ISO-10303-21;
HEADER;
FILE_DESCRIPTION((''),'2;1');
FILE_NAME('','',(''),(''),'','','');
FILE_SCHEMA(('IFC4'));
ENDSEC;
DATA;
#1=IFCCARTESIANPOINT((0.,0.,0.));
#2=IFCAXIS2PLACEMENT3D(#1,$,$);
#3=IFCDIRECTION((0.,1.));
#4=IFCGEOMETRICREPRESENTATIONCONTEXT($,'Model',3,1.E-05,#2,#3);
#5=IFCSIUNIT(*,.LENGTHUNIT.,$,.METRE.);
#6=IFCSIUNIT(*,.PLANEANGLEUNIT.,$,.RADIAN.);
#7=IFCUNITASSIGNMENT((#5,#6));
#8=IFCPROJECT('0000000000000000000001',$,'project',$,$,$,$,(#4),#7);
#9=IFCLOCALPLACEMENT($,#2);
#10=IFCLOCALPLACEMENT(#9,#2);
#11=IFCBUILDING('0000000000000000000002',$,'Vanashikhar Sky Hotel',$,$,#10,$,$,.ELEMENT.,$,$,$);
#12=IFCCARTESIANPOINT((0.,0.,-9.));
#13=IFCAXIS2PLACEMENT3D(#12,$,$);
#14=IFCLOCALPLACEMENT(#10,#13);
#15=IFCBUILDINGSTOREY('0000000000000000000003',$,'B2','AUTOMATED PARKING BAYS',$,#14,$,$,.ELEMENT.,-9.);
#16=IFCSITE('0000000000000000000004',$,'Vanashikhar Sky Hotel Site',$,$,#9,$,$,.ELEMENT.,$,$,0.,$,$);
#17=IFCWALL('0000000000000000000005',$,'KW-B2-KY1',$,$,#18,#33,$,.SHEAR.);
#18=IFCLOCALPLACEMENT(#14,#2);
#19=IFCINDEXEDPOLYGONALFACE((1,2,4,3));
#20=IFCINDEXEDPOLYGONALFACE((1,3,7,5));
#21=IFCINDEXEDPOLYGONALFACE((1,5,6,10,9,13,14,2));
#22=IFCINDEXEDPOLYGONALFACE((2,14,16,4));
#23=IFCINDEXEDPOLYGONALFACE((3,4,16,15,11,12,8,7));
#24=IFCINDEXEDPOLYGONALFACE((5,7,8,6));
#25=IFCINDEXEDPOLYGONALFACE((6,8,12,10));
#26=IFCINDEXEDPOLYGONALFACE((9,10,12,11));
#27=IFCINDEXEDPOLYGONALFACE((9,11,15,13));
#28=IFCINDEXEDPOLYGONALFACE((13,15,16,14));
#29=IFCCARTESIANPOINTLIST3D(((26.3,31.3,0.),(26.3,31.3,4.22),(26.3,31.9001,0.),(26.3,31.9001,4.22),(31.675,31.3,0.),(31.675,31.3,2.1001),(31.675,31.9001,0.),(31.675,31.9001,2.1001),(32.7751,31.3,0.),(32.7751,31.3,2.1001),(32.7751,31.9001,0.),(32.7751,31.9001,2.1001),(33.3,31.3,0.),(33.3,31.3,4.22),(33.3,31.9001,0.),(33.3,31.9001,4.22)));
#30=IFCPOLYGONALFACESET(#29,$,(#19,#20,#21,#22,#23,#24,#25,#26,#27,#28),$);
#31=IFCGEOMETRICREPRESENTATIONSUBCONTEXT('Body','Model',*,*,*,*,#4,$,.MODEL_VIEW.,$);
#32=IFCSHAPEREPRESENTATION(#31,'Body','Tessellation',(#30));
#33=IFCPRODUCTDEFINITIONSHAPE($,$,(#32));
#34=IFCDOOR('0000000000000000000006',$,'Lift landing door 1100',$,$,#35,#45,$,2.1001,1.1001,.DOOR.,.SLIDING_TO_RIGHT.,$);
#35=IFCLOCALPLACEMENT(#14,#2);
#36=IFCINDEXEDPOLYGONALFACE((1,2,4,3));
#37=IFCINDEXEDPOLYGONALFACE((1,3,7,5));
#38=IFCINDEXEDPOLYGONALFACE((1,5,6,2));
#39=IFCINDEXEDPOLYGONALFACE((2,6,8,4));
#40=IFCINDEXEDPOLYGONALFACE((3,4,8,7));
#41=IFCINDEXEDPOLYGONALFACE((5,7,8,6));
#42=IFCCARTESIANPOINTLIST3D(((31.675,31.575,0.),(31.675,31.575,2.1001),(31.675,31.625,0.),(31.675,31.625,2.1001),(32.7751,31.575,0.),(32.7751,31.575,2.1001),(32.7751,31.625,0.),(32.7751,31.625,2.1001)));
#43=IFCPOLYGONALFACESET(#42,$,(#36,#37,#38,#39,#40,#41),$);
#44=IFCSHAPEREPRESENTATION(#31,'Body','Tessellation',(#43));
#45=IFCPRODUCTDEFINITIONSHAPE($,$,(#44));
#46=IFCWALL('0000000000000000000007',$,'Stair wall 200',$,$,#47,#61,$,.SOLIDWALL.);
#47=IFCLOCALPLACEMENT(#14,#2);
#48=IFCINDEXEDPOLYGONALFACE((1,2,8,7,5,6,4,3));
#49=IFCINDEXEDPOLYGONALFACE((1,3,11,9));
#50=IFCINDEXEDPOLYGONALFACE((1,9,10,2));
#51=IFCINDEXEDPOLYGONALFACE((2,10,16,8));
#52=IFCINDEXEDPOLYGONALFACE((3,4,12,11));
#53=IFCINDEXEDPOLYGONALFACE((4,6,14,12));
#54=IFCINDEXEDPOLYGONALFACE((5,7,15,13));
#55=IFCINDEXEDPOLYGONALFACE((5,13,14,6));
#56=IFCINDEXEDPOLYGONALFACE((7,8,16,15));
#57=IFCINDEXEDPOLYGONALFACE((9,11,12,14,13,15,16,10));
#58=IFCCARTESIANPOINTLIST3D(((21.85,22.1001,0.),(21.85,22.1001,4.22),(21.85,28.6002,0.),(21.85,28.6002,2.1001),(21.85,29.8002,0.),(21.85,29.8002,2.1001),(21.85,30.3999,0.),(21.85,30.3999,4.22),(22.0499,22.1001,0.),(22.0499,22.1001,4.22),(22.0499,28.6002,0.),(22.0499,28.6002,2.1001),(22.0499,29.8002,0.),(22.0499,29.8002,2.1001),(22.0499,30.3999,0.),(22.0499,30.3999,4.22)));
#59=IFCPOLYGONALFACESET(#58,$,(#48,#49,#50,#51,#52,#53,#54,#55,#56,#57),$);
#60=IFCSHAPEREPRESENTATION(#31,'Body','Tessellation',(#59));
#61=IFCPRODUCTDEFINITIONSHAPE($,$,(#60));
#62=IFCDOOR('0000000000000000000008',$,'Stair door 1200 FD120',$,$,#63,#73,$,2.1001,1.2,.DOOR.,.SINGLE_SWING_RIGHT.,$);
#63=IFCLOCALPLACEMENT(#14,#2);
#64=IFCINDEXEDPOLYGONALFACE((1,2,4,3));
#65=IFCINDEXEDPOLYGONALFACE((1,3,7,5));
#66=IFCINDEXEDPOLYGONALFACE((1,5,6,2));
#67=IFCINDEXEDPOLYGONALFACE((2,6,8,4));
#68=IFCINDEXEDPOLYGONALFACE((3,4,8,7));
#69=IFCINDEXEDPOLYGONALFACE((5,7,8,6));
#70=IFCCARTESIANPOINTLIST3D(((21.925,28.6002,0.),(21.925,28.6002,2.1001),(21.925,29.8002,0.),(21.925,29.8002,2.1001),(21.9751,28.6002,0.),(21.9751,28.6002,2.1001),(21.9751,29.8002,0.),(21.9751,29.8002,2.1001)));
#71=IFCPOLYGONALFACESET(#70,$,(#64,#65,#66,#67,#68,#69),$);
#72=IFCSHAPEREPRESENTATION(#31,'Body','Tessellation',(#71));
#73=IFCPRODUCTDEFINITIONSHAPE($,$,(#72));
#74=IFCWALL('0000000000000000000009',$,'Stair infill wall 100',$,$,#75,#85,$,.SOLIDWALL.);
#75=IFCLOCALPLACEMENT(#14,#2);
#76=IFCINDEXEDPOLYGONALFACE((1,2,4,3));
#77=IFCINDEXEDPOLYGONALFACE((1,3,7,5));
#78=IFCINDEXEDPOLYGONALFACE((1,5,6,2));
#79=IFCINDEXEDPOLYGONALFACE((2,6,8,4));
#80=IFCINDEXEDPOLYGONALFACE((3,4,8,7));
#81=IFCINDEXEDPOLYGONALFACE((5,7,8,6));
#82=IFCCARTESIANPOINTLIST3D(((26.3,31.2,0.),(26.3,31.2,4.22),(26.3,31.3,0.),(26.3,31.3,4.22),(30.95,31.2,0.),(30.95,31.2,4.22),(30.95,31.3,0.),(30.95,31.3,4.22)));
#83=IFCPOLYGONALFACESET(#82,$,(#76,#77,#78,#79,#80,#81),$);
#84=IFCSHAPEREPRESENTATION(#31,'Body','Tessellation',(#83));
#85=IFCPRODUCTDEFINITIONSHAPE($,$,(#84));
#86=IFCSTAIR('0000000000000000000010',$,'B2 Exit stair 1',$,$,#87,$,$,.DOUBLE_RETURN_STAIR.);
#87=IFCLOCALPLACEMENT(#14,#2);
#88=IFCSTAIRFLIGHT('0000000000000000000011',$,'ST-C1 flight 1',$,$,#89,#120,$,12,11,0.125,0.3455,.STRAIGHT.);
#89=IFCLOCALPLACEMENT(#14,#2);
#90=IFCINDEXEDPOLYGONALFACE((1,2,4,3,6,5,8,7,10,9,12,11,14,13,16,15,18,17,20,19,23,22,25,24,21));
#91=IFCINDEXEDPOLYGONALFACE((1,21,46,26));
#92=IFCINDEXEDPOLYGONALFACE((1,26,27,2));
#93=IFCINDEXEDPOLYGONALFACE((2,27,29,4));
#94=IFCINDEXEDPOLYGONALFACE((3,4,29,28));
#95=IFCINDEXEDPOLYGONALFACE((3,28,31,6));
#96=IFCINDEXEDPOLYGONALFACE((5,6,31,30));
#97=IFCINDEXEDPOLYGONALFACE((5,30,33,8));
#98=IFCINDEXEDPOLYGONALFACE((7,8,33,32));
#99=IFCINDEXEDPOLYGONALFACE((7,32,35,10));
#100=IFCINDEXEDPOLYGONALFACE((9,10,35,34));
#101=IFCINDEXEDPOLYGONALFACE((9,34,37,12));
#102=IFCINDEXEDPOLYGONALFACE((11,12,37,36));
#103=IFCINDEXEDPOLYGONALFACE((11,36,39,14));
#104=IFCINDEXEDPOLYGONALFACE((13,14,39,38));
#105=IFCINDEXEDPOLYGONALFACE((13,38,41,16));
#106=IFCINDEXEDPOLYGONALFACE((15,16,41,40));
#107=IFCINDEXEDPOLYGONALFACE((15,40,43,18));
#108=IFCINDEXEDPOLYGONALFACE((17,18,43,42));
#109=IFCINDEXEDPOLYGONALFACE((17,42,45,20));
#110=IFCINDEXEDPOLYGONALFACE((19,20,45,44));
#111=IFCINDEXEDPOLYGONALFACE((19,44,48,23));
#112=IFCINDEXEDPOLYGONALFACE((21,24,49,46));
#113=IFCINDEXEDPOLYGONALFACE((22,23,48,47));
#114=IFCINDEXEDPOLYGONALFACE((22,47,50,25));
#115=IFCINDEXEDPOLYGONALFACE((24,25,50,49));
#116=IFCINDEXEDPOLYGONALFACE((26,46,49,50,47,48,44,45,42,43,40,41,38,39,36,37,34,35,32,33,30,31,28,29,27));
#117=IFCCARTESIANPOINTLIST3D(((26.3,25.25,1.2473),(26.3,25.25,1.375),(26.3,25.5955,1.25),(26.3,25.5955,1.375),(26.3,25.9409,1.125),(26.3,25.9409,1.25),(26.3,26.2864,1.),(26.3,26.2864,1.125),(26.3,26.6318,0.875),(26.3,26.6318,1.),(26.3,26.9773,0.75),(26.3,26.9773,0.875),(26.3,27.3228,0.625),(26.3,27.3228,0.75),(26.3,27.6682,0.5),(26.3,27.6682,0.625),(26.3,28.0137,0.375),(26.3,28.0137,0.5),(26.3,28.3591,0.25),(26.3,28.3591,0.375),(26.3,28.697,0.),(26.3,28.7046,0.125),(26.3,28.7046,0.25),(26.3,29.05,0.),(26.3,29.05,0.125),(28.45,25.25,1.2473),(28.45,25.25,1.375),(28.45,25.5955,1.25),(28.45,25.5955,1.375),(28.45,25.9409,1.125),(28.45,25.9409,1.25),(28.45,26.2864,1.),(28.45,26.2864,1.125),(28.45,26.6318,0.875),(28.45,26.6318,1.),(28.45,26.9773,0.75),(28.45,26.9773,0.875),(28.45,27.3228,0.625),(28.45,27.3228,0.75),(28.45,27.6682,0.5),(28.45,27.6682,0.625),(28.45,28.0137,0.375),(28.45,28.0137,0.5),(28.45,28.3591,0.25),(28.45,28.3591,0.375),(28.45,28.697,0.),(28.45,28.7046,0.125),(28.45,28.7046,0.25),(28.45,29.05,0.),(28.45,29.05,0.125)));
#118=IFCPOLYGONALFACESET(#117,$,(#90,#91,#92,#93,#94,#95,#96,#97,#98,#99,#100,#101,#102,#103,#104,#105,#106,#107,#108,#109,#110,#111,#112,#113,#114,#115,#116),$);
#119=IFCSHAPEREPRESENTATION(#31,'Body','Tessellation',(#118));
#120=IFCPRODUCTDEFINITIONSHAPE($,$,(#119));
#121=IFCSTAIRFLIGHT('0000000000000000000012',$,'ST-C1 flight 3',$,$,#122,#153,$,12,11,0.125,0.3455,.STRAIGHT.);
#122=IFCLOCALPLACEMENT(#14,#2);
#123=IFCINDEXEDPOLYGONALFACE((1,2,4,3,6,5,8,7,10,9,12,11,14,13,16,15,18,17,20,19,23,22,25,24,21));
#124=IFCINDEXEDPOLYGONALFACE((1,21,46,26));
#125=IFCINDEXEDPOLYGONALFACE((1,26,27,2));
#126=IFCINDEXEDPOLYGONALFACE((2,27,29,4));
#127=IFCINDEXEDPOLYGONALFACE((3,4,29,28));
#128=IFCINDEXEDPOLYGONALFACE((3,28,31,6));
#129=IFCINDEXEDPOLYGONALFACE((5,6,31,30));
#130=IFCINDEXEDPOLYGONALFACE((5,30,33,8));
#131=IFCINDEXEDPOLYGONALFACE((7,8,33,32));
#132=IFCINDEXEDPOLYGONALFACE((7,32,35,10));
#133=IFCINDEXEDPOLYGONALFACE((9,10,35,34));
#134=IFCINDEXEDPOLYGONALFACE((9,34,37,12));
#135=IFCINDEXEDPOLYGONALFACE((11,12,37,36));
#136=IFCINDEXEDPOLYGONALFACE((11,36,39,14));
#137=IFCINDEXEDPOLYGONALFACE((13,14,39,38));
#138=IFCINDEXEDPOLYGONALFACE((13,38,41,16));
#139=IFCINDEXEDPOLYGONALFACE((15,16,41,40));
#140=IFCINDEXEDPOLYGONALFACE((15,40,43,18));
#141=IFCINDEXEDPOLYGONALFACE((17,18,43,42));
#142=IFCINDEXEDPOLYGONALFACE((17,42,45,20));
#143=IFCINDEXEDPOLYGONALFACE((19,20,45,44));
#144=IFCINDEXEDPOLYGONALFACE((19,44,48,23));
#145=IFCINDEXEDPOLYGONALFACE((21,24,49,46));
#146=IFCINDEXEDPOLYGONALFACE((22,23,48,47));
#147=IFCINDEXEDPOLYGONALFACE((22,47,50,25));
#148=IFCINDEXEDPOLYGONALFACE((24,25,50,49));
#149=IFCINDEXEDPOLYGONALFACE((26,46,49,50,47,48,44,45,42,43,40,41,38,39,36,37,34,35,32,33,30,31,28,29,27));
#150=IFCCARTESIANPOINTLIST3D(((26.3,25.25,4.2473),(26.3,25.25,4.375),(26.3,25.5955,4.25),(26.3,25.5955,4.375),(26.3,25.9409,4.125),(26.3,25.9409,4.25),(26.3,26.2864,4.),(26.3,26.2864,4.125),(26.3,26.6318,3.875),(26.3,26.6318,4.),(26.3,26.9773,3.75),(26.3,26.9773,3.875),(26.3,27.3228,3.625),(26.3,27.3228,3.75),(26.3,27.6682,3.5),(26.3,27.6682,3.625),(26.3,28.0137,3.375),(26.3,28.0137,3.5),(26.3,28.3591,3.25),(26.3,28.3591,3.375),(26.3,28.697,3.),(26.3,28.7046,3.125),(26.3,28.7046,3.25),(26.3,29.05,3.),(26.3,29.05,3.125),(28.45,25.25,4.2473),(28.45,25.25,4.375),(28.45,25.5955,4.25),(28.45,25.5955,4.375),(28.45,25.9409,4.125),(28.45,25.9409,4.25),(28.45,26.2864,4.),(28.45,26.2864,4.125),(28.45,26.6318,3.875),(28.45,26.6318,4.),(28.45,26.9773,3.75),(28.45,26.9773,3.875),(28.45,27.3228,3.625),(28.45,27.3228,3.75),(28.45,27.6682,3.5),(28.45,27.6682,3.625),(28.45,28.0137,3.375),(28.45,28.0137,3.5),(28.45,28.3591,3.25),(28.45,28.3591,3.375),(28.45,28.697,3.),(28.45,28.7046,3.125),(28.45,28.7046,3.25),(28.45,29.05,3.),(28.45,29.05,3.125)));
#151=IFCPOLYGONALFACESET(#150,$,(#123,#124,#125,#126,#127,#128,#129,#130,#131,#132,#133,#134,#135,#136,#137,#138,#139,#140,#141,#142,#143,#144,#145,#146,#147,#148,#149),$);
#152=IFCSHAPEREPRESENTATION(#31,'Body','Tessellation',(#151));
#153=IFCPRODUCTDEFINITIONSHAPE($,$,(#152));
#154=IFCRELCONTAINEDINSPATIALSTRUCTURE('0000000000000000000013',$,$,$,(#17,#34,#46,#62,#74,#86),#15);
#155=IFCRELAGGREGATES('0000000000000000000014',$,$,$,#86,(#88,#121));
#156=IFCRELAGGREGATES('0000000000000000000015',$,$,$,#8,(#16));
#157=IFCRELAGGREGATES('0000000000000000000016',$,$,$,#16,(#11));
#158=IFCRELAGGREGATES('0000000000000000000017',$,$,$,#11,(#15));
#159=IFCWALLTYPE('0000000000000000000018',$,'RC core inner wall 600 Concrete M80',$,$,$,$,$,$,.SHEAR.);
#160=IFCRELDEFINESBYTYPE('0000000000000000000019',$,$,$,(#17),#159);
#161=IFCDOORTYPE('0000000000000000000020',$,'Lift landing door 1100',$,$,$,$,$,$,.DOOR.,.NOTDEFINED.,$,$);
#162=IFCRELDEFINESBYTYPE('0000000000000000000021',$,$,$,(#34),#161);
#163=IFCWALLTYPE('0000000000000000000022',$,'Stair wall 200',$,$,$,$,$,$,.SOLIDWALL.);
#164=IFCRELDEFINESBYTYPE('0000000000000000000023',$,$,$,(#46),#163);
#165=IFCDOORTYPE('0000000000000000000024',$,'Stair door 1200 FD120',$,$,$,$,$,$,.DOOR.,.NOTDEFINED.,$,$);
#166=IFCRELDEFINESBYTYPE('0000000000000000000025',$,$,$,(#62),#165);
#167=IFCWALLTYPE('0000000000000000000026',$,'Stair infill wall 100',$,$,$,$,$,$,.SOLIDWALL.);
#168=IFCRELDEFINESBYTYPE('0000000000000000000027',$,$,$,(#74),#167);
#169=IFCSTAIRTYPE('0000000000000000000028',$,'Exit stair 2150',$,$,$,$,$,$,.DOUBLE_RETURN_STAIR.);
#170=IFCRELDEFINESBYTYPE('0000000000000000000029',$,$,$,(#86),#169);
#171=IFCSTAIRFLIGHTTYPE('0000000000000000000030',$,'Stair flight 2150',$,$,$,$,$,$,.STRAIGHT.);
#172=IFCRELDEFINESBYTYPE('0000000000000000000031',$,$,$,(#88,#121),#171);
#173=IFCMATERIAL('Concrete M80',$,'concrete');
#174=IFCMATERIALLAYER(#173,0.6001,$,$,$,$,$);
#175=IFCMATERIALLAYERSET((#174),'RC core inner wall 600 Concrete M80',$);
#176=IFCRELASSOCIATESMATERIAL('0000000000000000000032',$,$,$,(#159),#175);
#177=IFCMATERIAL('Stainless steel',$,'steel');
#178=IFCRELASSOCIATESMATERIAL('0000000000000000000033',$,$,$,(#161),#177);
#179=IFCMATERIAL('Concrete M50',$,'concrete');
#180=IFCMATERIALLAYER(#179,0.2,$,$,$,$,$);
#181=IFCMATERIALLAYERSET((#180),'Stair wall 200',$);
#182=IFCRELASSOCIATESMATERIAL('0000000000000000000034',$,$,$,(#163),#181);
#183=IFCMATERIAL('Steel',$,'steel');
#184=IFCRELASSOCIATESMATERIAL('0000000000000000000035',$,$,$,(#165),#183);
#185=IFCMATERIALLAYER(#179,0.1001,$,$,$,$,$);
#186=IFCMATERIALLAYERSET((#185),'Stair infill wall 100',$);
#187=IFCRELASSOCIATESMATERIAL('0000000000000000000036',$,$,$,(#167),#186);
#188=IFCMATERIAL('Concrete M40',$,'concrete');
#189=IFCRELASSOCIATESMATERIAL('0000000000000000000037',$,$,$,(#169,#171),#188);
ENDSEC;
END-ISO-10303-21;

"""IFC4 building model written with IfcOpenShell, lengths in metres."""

from ifc_helpers import new_model, si_unit, direction, frame, frame_2d, origin, place, context, subcontext, project, spatial, polyline, rectangle, outline, extrude, source, transform, mapped, material, layer, layer_set, type_object, element, fill, aggregate, save


model = new_model("IFC4")

# Units and contexts
model_context = context("Model", 3, precision=1e-05, world=origin(), true_north=direction((0.0, 1.0)))
body_context = subcontext(model_context, "Body", "Model", "MODEL_VIEW")
ifc_project = project(units=[si_unit("LENGTHUNIT", "METRE"), si_unit("PLANEANGLEUNIT", "RADIAN")], contexts=[model_context])

# Site, building, storey
site_placement = place(None, origin())
site = spatial("IfcSite", under=ifc_project, at=site_placement, Name="Vanashikhar Sky Hotel Site", CompositionType="ELEMENT", RefElevation=0.0)
building_placement = place(site_placement, origin())
building = spatial("IfcBuilding", under=site, at=building_placement, Name="Vanashikhar Sky Hotel", CompositionType="ELEMENT")
storey_placement = place(building_placement, frame((0.0, 0.0, -9.0)))
storey = spatial("IfcBuildingStorey", under=building, at=storey_placement, Name="B2", Description="AUTOMATED PARKING BAYS", CompositionType="ELEMENT", Elevation=-9.0)

# Shared definitions
ifc_material_1 = material(Name="Concrete M80", Category="concrete")
ifc_material_2 = material(Name="Steel", Category="steel")

# Walls, openings, doors
ifc_layer_1 = layer(ifc_material_1, 0.6001)
ifc_layer_set_1 = layer_set([ifc_layer_1], Name="RC core inner wall 600 Concrete M80")
wall_type_1 = type_object("IfcWallType", Name="RC core inner wall 600 Concrete M80", PredefinedType="SHEAR", material=ifc_layer_set_1)
shared_shape_1 = source(origin(), body_context, "Body", "SweptSolid", [
    extrude(rectangle(XDim=7.0, YDim=0.6001, at=frame_2d((3.5, 0.0))), origin(), (0.0, 0.0, 1.0), 4.22),
])
wall_1_placement = place(storey_placement, frame((26.3, 31.6001, 0.0), z_axis=(0.0, 0.0, 1.0), x_axis=(1.0, 0.0, 0.0)))
wall_1 = element("IfcWall", 1, at=wall_1_placement, inside=storey, type_object=wall_type_1, Name="KW-B2-KY1", PredefinedType="SHEAR", context=body_context, shape_type="MappedRepresentation", body=[
    mapped(shared_shape_1, transform((0.0, 0.0, 0.0), scale=1.0)),
])
shared_shape_2 = source(origin(), body_context, "Body", "SweptSolid", [
    extrude(rectangle(XDim=1.1001, YDim=2.1001, at=frame_2d((0.55, 1.05))), frame((0.0, 0.3101, 0.0), z_axis=(0.0, -1.0, 0.0), x_axis=(1.0, 0.0, 0.0)), (0.0, 0.0, 1.0), 0.6201),
])
opening_1_placement = place(wall_1_placement, frame((5.375, 0.0, 0.0)))
opening_1 = element("IfcOpeningElement", 2, at=opening_1_placement, cuts=wall_1, PredefinedType="OPENING", context=body_context, shape_type="MappedRepresentation", body=[
    mapped(shared_shape_2, transform((0.0, 0.0, 0.0), scale=1.0)),
])
ifc_material_3 = material(Name="Stainless steel", Category="steel")
door_type_1 = type_object("IfcDoorType", Name="Lift landing door 1100", OperationType="NOTDEFINED", PredefinedType="DOOR", material=ifc_material_3)
shared_shape_3 = source(origin(), body_context, "Body", "SweptSolid", [
    extrude(rectangle(XDim=1.1001, YDim=2.1001, at=frame_2d((0.55, 1.05))), frame((0.0, 0.0249, 0.0), z_axis=(0.0, -1.0, 0.0), x_axis=(1.0, 0.0, 0.0)), (0.0, 0.0, 1.0), 0.05),
])
door_1_placement = place(opening_1_placement, origin())
door_1 = element("IfcDoor", 3, at=door_1_placement, inside=storey, type_object=door_type_1, Name="Lift landing door 1100", OperationType="SLIDING_TO_RIGHT", OverallHeight=2.1001, OverallWidth=1.1001, PredefinedType="DOOR", context=body_context, shape_type="MappedRepresentation", body=[
    mapped(shared_shape_3, transform((0.0, 0.0, 0.0), scale=1.0)),
])
fill(opening_1, door_1)
ifc_material_4 = material(Name="Concrete M50", Category="concrete")
ifc_layer_2 = layer(ifc_material_4, 0.2)
ifc_layer_set_2 = layer_set([ifc_layer_2], Name="Stair wall 200")
wall_type_2 = type_object("IfcWallType", Name="Stair wall 200", PredefinedType="SOLIDWALL", material=ifc_layer_set_2)
shared_shape_4 = source(origin(), body_context, "Body", "SweptSolid", [
    extrude(rectangle(XDim=8.2998, YDim=0.2, at=frame_2d((4.1499, 0.0))), origin(), (0.0, 0.0, 1.0), 4.22),
])
wall_2_placement = place(storey_placement, frame((21.95, 22.1001, 0.0), z_axis=(0.0, 0.0, 1.0), x_axis=(0.0, 1.0, 0.0)))
wall_2 = element("IfcWall", 4, at=wall_2_placement, inside=storey, type_object=wall_type_2, Name="Stair wall 200", PredefinedType="SOLIDWALL", context=body_context, shape_type="MappedRepresentation", body=[
    mapped(shared_shape_4, transform((0.0, 0.0, 0.0), scale=1.0)),
])
shared_shape_5 = source(origin(), body_context, "Body", "SweptSolid", [
    extrude(rectangle(XDim=1.2, YDim=2.1001, at=frame_2d((0.6001, 1.05))), frame((0.0, 0.1099, 0.0), z_axis=(0.0, -1.0, 0.0), x_axis=(1.0, 0.0, 0.0)), (0.0, 0.0, 1.0), 0.22),
])
opening_2_placement = place(wall_2_placement, frame((6.5, 0.0, 0.0)))
opening_2 = element("IfcOpeningElement", 5, at=opening_2_placement, cuts=wall_2, PredefinedType="OPENING", context=body_context, shape_type="MappedRepresentation", body=[
    mapped(shared_shape_5, transform((0.0, 0.0, 0.0), scale=1.0)),
])
door_type_2 = type_object("IfcDoorType", Name="Stair door 1200 FD120", OperationType="NOTDEFINED", PredefinedType="DOOR", material=ifc_material_2)
shared_shape_6 = source(origin(), body_context, "Body", "SweptSolid", [
    extrude(rectangle(XDim=1.2, YDim=2.1001, at=frame_2d((0.6001, 1.05))), frame((0.0, 0.0249, 0.0), z_axis=(0.0, -1.0, 0.0), x_axis=(1.0, 0.0, 0.0)), (0.0, 0.0, 1.0), 0.05),
])
door_2_placement = place(opening_2_placement, origin())
door_2 = element("IfcDoor", 6, at=door_2_placement, inside=storey, type_object=door_type_2, Name="Stair door 1200 FD120", OperationType="SINGLE_SWING_RIGHT", OverallHeight=2.1001, OverallWidth=1.2, PredefinedType="DOOR", context=body_context, shape_type="MappedRepresentation", body=[
    mapped(shared_shape_6, transform((0.0, 0.0, 0.0), scale=1.0)),
])
fill(opening_2, door_2)

# Wall
ifc_layer_3 = layer(ifc_material_4, 0.1001)
ifc_layer_set_3 = layer_set([ifc_layer_3], Name="Stair infill wall 100")
wall_type_3 = type_object("IfcWallType", Name="Stair infill wall 100", PredefinedType="SOLIDWALL", material=ifc_layer_set_3)
shared_shape_7 = source(origin(), body_context, "Body", "SweptSolid", [
    extrude(rectangle(XDim=4.6499, YDim=0.1001, at=frame_2d((2.325, 0.0))), origin(), (0.0, 0.0, 1.0), 4.22),
])
wall_3_placement = place(storey_placement, frame((26.3, 31.25, 0.0), z_axis=(0.0, 0.0, 1.0), x_axis=(1.0, 0.0, 0.0)))
element("IfcWall", 7, at=wall_3_placement, inside=storey, type_object=wall_type_3, Name="Stair infill wall 100", PredefinedType="SOLIDWALL", context=body_context, shape_type="MappedRepresentation", body=[
    mapped(shared_shape_7, transform((0.0, 0.0, 0.0), scale=1.0)),
])

# Stair, stair flights
ifc_material_5 = material(Name="Concrete M40", Category="concrete")
stair_type = type_object("IfcStairType", Name="Exit stair 2150", PredefinedType="DOUBLE_RETURN_STAIR", material=ifc_material_5)
stair_placement = place(storey_placement, origin())
stair = element("IfcStair", 8, at=stair_placement, inside=storey, type_object=stair_type, Name="B2 Exit stair 1", PredefinedType="DOUBLE_RETURN_STAIR")
stair_flight_type = type_object("IfcStairFlightType", Name="Stair flight 2150", PredefinedType="STRAIGHT", material=ifc_material_5)
shared_shape_8 = source(origin(), body_context, "Body", "SweptSolid", [
    extrude(outline(polyline([(0.0, 0.0), (0.0, 0.125), (0.3455, 0.125), (0.3455, 0.25), (0.6909, 0.25), (0.6909, 0.375), (1.0364, 0.375), (1.0364, 0.5), (1.3818, 0.5), (1.3818, 0.625), (1.7273, 0.625), (1.7273, 0.75), (2.0728, 0.75), (2.0728, 0.875), (2.4182, 0.875), (2.4182, 1.0), (2.7637, 1.0), (2.7637, 1.125), (3.1091, 1.125), (3.1091, 1.25), (3.4546, 1.25), (3.4546, 1.375), (3.8, 1.375), (3.8, 1.5), (3.8, 1.2473), (0.353, 0.0), (0.0, 0.0)])), frame((0.0, 1.075, 0.0), z_axis=(0.0, -1.0, 0.0), x_axis=(1.0, 0.0, 0.0)), (0.0, 0.0, 1.0), 2.1499),
])
stair_flight_1_placement = place(storey_placement, frame((27.375, 29.05, 0.0), z_axis=(0.0, 0.0, 1.0), x_axis=(0.0, -1.0, 0.0)))
stair_flight_1 = element("IfcStairFlight", 9, at=stair_flight_1_placement, type_object=stair_flight_type, Name="ST-C1 flight 1", NumberOfRisers=12, NumberOfTreads=11, PredefinedType="STRAIGHT", RiserHeight=0.125, TreadLength=0.3455, context=body_context, shape_type="MappedRepresentation", body=[
    mapped(shared_shape_8, transform((0.0, 0.0, 0.0), scale=1.0)),
])
stair_flight_2_placement = place(storey_placement, frame((27.375, 29.05, 3.0), z_axis=(0.0, 0.0, 1.0), x_axis=(0.0, -1.0, 0.0)))
stair_flight_2 = element("IfcStairFlight", 10, at=stair_flight_2_placement, type_object=stair_flight_type, Name="ST-C1 flight 3", NumberOfRisers=12, NumberOfTreads=11, PredefinedType="STRAIGHT", RiserHeight=0.125, TreadLength=0.3455, context=body_context, shape_type="MappedRepresentation", body=[
    mapped(shared_shape_8, transform((0.0, 0.0, 0.0), scale=1.0)),
])
aggregate(stair, [stair_flight_1, stair_flight_2])

save(model, "model.ifc")
